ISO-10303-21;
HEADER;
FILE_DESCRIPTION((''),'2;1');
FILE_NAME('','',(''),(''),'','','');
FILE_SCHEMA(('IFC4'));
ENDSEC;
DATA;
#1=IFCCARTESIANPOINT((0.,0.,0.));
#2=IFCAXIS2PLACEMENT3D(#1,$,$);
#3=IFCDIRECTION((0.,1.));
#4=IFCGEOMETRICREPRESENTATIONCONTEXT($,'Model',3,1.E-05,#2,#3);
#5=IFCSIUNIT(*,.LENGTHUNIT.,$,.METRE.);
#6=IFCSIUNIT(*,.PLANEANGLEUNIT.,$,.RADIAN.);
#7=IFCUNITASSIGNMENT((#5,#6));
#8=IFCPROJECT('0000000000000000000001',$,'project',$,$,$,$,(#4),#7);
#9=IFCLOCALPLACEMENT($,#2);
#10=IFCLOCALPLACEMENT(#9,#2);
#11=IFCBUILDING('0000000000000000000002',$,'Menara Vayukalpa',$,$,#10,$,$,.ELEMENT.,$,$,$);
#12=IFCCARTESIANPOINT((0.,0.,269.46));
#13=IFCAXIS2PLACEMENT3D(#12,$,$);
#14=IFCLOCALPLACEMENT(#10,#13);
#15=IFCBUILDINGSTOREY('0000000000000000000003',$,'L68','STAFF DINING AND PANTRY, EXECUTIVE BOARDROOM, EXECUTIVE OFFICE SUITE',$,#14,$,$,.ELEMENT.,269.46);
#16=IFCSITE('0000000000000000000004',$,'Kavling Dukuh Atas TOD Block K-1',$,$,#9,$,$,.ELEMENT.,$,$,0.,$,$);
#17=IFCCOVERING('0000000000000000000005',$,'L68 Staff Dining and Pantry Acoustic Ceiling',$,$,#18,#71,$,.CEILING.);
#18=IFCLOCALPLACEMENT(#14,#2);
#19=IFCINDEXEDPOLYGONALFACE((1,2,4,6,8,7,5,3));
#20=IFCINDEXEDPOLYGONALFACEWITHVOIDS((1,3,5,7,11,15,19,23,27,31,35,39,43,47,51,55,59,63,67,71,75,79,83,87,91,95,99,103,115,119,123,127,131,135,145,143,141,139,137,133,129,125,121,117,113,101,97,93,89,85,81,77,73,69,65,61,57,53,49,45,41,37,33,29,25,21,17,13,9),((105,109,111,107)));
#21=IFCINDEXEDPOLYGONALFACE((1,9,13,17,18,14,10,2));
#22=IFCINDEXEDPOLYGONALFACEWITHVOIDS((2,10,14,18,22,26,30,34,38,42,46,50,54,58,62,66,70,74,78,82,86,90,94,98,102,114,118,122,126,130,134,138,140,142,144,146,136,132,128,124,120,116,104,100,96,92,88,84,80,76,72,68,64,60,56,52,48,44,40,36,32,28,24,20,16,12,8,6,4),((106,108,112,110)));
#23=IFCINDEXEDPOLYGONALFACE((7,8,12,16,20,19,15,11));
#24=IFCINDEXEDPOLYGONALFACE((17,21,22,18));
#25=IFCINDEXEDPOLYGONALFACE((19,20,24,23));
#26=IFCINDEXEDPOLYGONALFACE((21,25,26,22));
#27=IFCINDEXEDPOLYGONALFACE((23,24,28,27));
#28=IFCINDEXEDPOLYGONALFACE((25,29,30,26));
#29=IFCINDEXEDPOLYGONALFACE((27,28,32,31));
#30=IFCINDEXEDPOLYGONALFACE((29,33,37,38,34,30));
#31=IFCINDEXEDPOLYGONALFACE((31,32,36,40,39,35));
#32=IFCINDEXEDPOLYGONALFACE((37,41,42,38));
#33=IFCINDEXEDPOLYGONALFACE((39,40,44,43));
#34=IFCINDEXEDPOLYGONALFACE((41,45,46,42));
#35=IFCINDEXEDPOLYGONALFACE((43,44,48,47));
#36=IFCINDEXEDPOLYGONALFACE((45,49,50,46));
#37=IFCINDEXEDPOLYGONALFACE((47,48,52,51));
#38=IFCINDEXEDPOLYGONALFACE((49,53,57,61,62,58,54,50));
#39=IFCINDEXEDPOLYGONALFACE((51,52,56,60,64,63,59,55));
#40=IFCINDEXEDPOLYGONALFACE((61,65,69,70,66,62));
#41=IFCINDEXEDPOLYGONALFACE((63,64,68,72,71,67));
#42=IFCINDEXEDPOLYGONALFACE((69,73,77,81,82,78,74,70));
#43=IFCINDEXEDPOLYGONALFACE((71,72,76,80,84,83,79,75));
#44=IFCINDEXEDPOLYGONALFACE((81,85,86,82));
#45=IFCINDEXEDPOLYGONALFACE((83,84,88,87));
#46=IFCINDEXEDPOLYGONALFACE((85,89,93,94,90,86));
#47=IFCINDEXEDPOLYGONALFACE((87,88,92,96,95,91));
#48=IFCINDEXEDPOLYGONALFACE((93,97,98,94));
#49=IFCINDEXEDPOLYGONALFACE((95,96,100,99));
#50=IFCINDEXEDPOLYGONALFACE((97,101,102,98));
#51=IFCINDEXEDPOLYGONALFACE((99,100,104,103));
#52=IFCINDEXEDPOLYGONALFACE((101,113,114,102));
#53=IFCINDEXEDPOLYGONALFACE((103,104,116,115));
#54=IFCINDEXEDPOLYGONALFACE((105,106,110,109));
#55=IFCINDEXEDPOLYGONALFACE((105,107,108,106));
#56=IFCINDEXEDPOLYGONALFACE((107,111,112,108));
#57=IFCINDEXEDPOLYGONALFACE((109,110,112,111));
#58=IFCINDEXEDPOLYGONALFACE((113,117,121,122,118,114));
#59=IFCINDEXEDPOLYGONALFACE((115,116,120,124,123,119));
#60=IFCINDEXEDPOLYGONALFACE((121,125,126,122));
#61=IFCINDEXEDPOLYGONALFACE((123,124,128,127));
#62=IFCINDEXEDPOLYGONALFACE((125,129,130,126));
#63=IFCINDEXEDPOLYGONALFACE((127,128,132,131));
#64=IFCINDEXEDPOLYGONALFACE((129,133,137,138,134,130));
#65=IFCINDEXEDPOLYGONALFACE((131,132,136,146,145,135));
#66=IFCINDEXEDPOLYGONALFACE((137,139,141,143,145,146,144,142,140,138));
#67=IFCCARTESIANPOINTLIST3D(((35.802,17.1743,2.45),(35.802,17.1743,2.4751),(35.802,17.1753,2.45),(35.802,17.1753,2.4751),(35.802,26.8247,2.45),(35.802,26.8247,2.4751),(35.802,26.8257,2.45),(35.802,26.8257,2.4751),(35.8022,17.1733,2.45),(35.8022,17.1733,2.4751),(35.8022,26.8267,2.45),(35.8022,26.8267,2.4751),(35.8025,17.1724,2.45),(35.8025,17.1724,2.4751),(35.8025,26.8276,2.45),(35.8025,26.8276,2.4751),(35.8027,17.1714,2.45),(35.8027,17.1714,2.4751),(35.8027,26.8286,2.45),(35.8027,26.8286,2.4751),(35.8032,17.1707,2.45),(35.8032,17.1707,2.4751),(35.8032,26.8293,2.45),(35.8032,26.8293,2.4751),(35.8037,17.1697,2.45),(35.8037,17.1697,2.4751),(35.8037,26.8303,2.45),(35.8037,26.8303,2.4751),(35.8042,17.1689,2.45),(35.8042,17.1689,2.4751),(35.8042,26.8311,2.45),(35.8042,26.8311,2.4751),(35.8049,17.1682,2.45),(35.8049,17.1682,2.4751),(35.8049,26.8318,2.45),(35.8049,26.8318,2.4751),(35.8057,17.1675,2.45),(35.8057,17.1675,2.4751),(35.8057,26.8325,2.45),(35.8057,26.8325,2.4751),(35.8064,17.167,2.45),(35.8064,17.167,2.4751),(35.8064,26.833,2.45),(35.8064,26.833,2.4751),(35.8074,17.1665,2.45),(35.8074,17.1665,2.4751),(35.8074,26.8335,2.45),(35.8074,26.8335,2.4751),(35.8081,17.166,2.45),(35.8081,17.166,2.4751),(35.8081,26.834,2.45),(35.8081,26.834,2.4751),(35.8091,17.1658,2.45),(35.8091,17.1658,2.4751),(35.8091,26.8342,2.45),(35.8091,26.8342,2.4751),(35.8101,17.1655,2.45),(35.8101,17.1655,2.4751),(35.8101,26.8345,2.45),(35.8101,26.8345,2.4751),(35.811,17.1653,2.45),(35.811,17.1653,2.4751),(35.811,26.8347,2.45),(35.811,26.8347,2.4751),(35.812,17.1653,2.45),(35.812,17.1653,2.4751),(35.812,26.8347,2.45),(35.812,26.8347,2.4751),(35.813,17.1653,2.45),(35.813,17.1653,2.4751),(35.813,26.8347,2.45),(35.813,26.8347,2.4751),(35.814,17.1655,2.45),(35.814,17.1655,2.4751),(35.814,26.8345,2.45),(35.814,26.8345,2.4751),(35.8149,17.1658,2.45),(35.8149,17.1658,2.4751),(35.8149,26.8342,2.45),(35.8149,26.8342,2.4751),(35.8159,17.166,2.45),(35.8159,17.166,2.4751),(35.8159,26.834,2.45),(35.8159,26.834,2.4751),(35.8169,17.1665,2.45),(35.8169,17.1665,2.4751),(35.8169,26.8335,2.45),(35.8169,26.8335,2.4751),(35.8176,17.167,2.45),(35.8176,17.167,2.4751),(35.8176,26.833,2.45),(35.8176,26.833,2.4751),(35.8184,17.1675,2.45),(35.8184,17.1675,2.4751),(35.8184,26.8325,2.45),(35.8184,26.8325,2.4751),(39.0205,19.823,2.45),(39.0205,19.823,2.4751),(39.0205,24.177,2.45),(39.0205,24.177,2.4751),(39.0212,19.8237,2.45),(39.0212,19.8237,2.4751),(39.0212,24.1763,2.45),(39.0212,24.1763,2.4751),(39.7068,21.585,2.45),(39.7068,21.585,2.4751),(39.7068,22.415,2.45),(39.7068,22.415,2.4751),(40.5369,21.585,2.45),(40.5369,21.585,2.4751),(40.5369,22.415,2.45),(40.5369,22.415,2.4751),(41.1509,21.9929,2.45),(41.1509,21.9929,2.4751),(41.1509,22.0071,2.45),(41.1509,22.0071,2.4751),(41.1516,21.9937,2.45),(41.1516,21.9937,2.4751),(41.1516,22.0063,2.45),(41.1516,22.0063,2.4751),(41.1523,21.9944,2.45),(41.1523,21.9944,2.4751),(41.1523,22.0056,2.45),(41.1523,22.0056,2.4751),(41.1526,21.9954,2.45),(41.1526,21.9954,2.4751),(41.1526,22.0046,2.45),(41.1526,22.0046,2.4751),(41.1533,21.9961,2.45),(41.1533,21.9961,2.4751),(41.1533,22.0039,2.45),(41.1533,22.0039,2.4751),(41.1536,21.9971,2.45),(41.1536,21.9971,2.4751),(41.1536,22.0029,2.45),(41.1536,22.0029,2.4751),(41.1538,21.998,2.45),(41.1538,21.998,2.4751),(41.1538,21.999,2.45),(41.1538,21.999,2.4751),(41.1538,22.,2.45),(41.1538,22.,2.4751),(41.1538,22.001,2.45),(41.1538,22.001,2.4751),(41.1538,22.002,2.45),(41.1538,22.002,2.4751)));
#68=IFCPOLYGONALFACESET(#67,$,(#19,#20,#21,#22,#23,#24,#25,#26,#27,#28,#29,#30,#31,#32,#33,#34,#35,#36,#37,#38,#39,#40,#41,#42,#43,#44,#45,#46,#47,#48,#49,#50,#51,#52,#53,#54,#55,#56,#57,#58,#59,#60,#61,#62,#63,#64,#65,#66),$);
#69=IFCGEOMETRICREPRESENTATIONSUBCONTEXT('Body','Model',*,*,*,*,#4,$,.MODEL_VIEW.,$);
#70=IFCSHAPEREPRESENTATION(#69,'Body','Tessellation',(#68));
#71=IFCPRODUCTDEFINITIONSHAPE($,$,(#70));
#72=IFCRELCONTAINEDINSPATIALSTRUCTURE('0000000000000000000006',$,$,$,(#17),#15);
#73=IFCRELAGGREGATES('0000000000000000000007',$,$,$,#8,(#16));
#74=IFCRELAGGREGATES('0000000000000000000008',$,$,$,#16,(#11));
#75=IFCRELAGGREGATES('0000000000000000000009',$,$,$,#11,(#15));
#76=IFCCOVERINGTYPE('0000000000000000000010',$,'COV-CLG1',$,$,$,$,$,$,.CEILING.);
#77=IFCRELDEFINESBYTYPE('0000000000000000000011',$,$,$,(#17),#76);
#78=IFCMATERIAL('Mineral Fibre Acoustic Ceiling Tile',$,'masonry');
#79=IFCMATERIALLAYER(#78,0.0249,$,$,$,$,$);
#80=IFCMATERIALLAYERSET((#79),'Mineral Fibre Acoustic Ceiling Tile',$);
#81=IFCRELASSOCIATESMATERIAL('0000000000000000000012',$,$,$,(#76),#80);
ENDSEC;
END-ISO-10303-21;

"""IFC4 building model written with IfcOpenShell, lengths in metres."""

from ifc_helpers import new_model, si_unit, direction, frame, origin, place, context, subcontext, project, spatial, polyline, outline, extrude, material, layer, layer_set, type_object, element, save


model = new_model("IFC4")

# Units and contexts
model_context = context("Model", 3, precision=1e-05, world=origin(), true_north=direction((0.0, 1.0)))
body_context = subcontext(model_context, "Body", "Model", "MODEL_VIEW")
ifc_project = project(units=[si_unit("LENGTHUNIT", "METRE"), si_unit("PLANEANGLEUNIT", "RADIAN")], contexts=[model_context])

# Site, building, storey
site_placement = place(None, origin())
site = spatial("IfcSite", under=ifc_project, at=site_placement, Name="Kavling Dukuh Atas TOD Block K-1", CompositionType="ELEMENT", RefElevation=0.0)
building_placement = place(site_placement, origin())
building = spatial("IfcBuilding", under=site, at=building_placement, Name="Menara Vayukalpa", CompositionType="ELEMENT")
storey_placement = place(building_placement, frame((0.0, 0.0, 269.46)))
storey = spatial("IfcBuildingStorey", under=building, at=storey_placement, Name="L68", Description="STAFF DINING AND PANTRY, EXECUTIVE BOARDROOM, EXECUTIVE OFFICE SUITE", CompositionType="ELEMENT", Elevation=269.46)

# Covering
ifc_material_1 = material(Name="Mineral Fibre Acoustic Ceiling Tile", Category="masonry")
ifc_layer_1 = layer(ifc_material_1, 0.0249)
ifc_layer_set_1 = layer_set([ifc_layer_1], Name="Mineral Fibre Acoustic Ceiling Tile")
covering_type_1 = type_object("IfcCoveringType", Name="COV-CLG1", PredefinedType="CEILING", material=ifc_layer_set_1)
covering_1_placement = place(storey_placement, frame((0.0, 0.0, 2.45)))
element("IfcCovering", 1, at=covering_1_placement, inside=storey, type_object=covering_type_1, Name="L68 Staff Dining and Pantry Acoustic Ceiling", PredefinedType="CEILING", context=body_context, shape_type="SweptSolid", body=[
    extrude(outline(polyline([(41.1509, 22.0071), (41.1516, 22.0063), (41.1523, 22.0056), (41.1526, 22.0046), (41.1533, 22.0039), (41.1536, 22.0029), (41.1538, 22.002), (41.1538, 22.001), (41.1538, 22.0), (41.1538, 21.999), (41.1538, 21.998), (41.1536, 21.9971), (41.1533, 21.9961), (41.1526, 21.9954), (41.1523, 21.9944), (41.1516, 21.9937), (41.1509, 21.9929), (39.0212, 19.8237), (39.0205, 19.823), (35.8184, 17.1675), (35.8176, 17.167), (35.8169, 17.1665), (35.8159, 17.166), (35.8149, 17.1658), (35.814, 17.1655), (35.813, 17.1653), (35.812, 17.1653), (35.811, 17.1653), (35.8101, 17.1655), (35.8091, 17.1658), (35.8081, 17.166), (35.8074, 17.1665), (35.8064, 17.167), (35.8057, 17.1675), (35.8049, 17.1682), (35.8042, 17.1689), (35.8037, 17.1697), (35.8032, 17.1707), (35.8027, 17.1714), (35.8025, 17.1724), (35.8022, 17.1733), (35.802, 17.1743), (35.802, 17.1753), (35.802, 26.8247), (35.802, 26.8257), (35.8022, 26.8267), (35.8025, 26.8276), (35.8027, 26.8286), (35.8032, 26.8293), (35.8037, 26.8303), (35.8042, 26.8311), (35.8049, 26.8318), (35.8057, 26.8325), (35.8064, 26.833), (35.8074, 26.8335), (35.8081, 26.834), (35.8091, 26.8342), (35.8101, 26.8345), (35.811, 26.8347), (35.812, 26.8347), (35.813, 26.8347), (35.814, 26.8345), (35.8149, 26.8342), (35.8159, 26.834), (35.8169, 26.8335), (35.8176, 26.833), (35.8184, 26.8325), (39.0205, 24.177), (39.0212, 24.1763), (41.1509, 22.0071)]), holes=[polyline([(40.5369, 22.415), (39.7068, 22.415), (39.7068, 21.585), (40.5369, 21.585), (40.5369, 22.415)])]), origin(), (0.0, 0.0, 1.0), 0.0251),
])

save(model, "model.ifc")
